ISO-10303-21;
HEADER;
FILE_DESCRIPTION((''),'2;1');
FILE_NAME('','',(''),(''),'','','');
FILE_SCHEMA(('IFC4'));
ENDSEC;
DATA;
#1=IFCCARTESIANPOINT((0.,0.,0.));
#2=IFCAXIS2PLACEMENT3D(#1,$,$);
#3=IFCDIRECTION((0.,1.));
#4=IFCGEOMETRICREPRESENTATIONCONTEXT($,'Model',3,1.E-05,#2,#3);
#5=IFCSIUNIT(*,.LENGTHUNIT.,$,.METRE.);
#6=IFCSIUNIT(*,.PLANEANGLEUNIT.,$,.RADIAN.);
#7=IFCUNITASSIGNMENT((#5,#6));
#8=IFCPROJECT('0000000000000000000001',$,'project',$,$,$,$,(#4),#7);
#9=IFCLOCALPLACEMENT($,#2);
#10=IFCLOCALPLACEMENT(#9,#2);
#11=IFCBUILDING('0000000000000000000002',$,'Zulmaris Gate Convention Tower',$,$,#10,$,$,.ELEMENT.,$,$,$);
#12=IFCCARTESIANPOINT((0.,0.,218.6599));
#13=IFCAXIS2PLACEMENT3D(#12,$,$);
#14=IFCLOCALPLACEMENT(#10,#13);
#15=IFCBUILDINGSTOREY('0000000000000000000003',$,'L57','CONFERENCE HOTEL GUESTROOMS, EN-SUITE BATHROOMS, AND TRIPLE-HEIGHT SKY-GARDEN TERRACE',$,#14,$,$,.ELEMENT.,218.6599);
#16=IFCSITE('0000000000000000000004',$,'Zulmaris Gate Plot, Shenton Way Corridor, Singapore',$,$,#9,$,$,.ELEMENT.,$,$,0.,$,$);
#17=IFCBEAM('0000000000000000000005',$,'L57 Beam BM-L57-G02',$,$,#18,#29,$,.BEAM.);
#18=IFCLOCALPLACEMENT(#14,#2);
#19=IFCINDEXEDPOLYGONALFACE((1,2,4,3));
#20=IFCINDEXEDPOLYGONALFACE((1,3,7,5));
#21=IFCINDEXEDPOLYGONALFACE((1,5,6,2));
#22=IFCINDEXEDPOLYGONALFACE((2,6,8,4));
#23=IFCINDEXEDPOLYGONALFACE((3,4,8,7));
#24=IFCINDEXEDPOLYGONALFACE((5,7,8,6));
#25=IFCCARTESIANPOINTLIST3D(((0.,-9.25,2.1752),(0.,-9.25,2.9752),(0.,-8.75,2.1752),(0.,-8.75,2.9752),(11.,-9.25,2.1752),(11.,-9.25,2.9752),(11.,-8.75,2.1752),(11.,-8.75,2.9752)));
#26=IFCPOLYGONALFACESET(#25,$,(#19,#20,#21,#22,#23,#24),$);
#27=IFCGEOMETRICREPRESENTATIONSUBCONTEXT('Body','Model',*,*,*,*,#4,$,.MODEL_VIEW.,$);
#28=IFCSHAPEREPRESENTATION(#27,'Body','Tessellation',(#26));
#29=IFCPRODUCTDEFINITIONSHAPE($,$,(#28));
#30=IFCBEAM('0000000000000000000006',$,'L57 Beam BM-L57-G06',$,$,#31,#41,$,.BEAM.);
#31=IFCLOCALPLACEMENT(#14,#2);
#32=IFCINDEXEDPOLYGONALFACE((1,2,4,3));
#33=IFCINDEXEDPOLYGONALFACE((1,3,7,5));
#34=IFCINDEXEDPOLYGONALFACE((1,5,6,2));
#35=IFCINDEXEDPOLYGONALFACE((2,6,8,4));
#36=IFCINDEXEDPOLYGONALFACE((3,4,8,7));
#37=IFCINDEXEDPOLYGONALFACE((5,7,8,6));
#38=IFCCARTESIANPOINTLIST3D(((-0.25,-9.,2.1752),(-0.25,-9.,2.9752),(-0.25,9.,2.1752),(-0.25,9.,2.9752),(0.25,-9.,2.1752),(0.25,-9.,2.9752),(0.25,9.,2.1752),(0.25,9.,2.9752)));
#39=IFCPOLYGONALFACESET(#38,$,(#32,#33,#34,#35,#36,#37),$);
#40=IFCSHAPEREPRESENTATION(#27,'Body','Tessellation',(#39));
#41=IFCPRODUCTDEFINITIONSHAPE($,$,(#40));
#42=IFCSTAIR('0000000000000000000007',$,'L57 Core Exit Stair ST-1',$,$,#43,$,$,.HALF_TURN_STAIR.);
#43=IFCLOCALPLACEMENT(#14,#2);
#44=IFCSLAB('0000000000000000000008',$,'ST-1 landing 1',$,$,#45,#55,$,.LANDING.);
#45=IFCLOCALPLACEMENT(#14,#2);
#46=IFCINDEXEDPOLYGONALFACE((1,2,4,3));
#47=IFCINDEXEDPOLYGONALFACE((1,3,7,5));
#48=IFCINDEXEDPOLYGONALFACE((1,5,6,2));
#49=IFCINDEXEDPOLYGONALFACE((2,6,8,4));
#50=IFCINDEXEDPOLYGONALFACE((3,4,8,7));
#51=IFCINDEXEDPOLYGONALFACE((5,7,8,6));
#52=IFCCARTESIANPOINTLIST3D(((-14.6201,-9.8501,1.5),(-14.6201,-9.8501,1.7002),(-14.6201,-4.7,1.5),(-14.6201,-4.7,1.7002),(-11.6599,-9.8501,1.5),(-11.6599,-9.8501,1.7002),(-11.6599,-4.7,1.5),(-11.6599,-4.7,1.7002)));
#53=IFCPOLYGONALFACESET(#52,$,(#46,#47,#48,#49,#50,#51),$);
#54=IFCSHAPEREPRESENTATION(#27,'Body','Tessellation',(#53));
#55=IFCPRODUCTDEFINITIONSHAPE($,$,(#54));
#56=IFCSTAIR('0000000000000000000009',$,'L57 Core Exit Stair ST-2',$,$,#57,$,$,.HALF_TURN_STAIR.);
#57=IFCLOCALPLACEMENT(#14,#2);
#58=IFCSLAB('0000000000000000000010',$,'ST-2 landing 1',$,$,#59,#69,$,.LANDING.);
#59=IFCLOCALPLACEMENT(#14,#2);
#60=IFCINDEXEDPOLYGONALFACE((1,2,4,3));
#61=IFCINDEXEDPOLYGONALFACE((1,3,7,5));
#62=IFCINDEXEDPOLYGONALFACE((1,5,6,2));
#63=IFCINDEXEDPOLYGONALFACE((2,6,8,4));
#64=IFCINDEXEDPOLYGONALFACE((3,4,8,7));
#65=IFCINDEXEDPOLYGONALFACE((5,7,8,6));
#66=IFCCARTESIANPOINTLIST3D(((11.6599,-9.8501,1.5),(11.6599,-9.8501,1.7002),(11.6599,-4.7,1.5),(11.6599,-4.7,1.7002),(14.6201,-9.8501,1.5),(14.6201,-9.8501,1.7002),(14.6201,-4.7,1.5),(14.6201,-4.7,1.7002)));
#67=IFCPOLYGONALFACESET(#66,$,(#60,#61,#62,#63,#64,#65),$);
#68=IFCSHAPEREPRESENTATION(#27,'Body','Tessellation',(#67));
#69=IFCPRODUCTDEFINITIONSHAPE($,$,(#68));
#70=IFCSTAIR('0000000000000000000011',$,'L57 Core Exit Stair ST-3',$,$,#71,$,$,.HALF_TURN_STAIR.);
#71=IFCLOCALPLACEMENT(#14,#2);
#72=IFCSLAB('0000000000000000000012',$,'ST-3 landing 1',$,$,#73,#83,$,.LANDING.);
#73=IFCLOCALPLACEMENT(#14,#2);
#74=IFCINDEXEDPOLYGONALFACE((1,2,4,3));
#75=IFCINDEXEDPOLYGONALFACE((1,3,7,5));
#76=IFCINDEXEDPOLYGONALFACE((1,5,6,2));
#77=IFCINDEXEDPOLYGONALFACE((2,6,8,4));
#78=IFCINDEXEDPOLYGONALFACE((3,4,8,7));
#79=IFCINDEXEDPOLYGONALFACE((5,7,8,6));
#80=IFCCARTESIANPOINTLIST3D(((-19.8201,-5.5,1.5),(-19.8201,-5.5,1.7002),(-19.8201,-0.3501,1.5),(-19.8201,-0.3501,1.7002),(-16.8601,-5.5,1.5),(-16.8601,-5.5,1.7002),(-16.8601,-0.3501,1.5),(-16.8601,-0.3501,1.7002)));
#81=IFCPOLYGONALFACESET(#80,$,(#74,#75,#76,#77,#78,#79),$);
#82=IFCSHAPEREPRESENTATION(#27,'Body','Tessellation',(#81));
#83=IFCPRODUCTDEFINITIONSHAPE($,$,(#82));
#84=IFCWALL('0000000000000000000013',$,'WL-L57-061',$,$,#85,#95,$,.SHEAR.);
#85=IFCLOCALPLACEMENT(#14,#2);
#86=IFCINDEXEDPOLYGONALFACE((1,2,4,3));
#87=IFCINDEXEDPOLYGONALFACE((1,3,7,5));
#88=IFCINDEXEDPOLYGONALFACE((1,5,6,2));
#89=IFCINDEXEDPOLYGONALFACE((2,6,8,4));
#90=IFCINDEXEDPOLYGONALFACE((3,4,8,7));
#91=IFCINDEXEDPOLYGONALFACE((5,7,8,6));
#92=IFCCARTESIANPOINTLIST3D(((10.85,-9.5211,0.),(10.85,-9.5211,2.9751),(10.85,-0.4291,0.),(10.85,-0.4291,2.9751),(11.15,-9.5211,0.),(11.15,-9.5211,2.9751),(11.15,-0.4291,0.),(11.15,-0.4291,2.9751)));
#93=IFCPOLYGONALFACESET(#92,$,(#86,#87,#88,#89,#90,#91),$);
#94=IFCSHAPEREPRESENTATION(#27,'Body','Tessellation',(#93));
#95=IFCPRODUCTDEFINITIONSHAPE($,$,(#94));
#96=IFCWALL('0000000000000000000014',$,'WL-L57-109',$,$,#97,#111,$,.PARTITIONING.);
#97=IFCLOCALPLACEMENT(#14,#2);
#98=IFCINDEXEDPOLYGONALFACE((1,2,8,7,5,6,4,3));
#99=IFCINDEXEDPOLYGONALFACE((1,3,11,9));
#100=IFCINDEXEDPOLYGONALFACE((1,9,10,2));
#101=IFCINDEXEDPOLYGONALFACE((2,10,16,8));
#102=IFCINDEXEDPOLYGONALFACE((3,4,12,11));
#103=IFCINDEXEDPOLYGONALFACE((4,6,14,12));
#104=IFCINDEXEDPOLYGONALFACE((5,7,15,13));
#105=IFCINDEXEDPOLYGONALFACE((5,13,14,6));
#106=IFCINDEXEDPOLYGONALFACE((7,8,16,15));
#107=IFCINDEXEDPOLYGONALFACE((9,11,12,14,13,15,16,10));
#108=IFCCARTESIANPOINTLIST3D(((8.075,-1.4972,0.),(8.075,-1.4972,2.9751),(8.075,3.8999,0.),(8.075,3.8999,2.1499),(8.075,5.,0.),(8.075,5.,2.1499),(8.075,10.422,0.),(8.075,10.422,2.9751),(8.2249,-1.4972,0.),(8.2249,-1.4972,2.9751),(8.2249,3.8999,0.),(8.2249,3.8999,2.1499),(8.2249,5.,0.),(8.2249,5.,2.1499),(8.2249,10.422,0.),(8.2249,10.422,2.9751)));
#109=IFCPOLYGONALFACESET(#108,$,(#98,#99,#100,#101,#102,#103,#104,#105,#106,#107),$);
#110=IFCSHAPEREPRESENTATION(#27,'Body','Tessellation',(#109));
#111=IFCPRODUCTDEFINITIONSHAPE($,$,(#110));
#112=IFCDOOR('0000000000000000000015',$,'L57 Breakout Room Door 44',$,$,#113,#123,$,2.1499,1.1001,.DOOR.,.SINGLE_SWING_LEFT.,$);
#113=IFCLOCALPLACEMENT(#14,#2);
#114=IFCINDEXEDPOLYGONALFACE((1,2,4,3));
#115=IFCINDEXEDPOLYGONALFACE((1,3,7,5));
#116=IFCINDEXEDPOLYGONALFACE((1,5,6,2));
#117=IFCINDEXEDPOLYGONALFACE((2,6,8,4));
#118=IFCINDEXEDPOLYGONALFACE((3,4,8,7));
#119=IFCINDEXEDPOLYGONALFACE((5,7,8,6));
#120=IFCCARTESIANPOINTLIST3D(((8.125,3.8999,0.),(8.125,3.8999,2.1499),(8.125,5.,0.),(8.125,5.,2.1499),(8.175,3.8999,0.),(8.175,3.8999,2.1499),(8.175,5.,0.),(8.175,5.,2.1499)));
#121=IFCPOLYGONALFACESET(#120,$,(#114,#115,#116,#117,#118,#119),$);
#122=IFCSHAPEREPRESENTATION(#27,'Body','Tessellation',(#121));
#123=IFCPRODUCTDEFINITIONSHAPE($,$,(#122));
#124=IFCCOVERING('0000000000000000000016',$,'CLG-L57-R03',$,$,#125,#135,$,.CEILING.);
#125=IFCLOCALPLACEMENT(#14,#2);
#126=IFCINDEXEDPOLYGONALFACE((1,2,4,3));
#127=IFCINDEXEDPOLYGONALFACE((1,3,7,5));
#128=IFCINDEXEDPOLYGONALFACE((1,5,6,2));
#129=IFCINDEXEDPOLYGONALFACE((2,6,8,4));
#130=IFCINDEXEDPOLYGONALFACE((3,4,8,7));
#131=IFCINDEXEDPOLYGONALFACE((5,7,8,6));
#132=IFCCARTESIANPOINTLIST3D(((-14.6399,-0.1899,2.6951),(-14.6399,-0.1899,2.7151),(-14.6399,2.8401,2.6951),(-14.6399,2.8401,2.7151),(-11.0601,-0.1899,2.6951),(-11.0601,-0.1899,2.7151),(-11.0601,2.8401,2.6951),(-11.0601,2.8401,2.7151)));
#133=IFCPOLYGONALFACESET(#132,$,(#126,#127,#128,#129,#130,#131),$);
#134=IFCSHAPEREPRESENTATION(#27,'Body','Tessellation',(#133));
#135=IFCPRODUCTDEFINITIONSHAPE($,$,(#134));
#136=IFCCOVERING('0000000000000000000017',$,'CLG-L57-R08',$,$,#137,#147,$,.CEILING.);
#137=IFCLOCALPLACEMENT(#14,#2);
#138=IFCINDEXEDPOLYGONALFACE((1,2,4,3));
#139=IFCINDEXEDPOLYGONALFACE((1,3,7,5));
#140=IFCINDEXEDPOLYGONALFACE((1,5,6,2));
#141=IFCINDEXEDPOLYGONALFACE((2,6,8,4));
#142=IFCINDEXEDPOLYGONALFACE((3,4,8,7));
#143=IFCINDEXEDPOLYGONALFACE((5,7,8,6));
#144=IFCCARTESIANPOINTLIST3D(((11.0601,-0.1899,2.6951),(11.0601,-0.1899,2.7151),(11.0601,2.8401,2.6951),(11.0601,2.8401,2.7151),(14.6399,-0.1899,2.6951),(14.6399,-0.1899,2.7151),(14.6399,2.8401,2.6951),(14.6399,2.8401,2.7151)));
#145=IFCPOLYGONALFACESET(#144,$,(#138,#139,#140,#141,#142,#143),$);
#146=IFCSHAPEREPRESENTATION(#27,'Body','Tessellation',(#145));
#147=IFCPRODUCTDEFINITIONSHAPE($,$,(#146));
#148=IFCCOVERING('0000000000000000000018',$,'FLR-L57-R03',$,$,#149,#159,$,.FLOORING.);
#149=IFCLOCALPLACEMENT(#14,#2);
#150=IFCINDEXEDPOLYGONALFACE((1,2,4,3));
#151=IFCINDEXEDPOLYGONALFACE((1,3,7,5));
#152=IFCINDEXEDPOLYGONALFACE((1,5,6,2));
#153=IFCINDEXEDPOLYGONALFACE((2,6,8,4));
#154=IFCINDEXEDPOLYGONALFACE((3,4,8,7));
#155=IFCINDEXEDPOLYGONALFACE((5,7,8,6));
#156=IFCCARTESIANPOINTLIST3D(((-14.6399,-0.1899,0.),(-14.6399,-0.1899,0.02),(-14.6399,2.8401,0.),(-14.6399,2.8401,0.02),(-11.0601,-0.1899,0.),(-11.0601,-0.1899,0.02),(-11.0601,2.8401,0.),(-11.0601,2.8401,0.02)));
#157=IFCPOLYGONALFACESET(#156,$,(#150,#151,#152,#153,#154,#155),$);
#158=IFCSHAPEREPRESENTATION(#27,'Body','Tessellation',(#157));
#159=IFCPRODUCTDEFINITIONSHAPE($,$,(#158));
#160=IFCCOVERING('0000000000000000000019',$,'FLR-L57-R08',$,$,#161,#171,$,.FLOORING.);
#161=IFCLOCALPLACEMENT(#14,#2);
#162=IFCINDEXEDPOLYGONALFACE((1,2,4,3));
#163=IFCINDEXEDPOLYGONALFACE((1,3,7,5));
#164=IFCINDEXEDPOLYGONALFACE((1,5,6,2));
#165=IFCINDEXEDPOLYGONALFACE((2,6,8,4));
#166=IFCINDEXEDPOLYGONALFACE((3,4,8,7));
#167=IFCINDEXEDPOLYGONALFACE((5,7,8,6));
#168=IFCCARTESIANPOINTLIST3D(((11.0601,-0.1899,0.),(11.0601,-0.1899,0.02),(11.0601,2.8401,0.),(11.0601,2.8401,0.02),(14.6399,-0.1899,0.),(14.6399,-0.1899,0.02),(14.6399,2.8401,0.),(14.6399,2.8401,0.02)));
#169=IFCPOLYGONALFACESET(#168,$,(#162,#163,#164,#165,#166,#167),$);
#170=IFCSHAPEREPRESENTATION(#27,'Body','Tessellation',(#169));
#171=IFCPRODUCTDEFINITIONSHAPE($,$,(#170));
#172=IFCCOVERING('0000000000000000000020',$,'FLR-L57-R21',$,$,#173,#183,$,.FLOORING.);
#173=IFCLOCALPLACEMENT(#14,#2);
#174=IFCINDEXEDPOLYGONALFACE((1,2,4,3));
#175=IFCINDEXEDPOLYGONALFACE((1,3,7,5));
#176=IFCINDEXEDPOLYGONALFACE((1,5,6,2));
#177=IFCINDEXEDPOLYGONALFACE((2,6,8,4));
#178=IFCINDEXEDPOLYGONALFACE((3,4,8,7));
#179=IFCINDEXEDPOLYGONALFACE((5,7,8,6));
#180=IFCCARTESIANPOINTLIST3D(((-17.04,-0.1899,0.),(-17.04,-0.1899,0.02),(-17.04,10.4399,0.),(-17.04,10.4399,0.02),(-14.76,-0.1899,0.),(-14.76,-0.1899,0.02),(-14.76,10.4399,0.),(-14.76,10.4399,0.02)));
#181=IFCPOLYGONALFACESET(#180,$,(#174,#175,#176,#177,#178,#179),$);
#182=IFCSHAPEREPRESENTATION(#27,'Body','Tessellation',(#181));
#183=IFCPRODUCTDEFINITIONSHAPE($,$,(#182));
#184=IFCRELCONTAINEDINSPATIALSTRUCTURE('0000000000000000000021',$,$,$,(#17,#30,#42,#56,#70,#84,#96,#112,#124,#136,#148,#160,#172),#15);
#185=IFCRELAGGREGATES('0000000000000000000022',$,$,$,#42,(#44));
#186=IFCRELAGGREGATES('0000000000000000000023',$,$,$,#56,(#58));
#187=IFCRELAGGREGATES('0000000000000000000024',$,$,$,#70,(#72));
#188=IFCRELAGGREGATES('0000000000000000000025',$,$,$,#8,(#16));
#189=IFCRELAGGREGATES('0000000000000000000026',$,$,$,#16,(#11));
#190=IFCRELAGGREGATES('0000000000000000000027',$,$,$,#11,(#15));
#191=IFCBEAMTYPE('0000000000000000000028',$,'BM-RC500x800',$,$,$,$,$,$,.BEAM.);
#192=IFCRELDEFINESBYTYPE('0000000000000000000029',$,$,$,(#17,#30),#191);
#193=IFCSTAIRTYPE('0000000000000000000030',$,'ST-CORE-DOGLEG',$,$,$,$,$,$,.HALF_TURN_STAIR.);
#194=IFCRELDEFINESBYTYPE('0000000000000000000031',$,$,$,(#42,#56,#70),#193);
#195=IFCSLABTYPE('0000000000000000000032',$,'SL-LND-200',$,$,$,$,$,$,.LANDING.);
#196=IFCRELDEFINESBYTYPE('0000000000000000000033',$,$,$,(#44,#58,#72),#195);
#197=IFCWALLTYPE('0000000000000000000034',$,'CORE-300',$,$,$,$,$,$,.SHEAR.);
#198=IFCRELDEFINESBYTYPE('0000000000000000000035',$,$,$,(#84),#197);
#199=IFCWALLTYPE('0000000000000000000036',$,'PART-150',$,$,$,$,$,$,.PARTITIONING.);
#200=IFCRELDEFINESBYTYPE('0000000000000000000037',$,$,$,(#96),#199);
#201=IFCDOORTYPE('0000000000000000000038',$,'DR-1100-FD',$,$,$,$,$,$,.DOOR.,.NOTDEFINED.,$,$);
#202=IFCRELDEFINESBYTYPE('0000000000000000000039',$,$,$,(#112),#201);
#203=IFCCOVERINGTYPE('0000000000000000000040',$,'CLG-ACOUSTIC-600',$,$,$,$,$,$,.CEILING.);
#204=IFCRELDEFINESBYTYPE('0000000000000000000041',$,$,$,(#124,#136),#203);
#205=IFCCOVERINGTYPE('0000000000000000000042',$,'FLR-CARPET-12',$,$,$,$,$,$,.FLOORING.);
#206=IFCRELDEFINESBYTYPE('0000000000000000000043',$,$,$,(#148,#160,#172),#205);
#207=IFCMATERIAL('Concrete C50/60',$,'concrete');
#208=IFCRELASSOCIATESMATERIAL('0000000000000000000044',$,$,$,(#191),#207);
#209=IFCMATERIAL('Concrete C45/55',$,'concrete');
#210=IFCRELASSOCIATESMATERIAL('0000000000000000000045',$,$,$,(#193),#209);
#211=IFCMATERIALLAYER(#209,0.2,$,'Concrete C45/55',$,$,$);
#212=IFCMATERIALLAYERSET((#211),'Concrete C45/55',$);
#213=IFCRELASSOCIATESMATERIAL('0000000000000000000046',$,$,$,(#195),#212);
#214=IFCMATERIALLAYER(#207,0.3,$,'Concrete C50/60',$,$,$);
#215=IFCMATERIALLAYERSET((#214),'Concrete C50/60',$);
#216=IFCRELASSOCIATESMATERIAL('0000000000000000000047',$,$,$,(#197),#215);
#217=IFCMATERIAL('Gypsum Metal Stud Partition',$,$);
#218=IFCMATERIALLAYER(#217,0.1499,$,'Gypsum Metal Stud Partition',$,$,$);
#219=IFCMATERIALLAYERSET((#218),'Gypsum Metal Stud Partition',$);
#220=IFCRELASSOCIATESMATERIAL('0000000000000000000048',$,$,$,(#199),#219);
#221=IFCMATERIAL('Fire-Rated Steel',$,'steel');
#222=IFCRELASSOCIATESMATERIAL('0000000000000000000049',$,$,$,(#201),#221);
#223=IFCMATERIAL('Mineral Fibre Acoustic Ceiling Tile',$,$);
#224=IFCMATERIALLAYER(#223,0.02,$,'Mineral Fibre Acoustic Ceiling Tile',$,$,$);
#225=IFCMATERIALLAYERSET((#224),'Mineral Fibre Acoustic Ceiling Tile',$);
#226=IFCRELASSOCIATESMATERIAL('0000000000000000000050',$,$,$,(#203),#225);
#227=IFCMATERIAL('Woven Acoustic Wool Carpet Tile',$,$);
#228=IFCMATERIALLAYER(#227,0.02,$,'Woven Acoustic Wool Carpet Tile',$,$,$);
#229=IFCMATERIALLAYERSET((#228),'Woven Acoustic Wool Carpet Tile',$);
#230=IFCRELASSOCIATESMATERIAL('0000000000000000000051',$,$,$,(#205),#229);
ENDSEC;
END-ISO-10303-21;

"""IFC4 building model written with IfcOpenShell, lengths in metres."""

from ifc_helpers import new_model, si_unit, direction, frame, frame_2d, origin, origin_2d, place, context, subcontext, project, spatial, polyline, rectangle, outline, extrude, material, layer, layer_set, material_profile, profile_set, type_object, element, fill, aggregate, save


model = new_model("IFC4")

# Units and contexts
model_context = context("Model", 3, precision=1e-05, world=origin(), true_north=direction((0.0, 1.0)))
body_context = subcontext(model_context, "Body", "Model", "MODEL_VIEW")
ifc_project = project(units=[si_unit("LENGTHUNIT", "METRE"), si_unit("PLANEANGLEUNIT", "RADIAN")], contexts=[model_context])

# Site, building, storey
site_placement = place(None, origin())
site = spatial("IfcSite", under=ifc_project, at=site_placement, Name="Zulmaris Gate Plot, Shenton Way Corridor, Singapore", CompositionType="ELEMENT", RefElevation=0.0)
building_placement = place(site_placement, origin())
building = spatial("IfcBuilding", under=site, at=building_placement, Name="Zulmaris Gate Convention Tower", CompositionType="ELEMENT")
storey_placement = place(building_placement, frame((0.0, 0.0, 218.6599)))
storey = spatial("IfcBuildingStorey", under=building, at=storey_placement, Name="L57", Description="CONFERENCE HOTEL GUESTROOMS, EN-SUITE BATHROOMS, AND TRIPLE-HEIGHT SKY-GARDEN TERRACE", CompositionType="ELEMENT", Elevation=218.6599)

# Beams
ifc_material_1 = material(Name="Concrete C50/60", Category="concrete")
ifc_material_profile = material_profile(ifc_material_1, rectangle(XDim=0.5, YDim=0.8, at=origin_2d()), Name="RC BEAM 500x800")
ifc_profile_set = profile_set([ifc_material_profile], Name="Concrete C50/60")
beam_type = type_object("IfcBeamType", Name="BM-RC500x800", PredefinedType="BEAM", material=ifc_profile_set)
beam_1_placement = place(storey_placement, frame((0.0, -9.0, 2.5752), z_axis=(1.0, 0.0, 0.0), x_axis=(0.0, 1.0, 0.0)))
element("IfcBeam", 1, at=beam_1_placement, inside=storey, type_object=beam_type, Name="L57 Beam BM-L57-G02", PredefinedType="BEAM", context=body_context, shape_type="SweptSolid", body=[
    extrude(rectangle(XDim=0.5, YDim=0.8, at=origin_2d()), origin(), (0.0, 0.0, 1.0), 11.0),
])
beam_2_placement = place(storey_placement, frame((0.0, -9.0, 2.5752), z_axis=(0.0, 1.0, 0.0), x_axis=(-1.0, 0.0, 0.0)))
element("IfcBeam", 2, at=beam_2_placement, inside=storey, type_object=beam_type, Name="L57 Beam BM-L57-G06", PredefinedType="BEAM", context=body_context, shape_type="SweptSolid", body=[
    extrude(rectangle(XDim=0.5, YDim=0.8, at=origin_2d()), origin(), (0.0, 0.0, 1.0), 18.0),
])

# Stairs, slabs
ifc_material_2 = material(Name="Concrete C45/55", Category="concrete")
stair_type = type_object("IfcStairType", Name="ST-CORE-DOGLEG", PredefinedType="HALF_TURN_STAIR", material=ifc_material_2)
stair_1_placement = place(storey_placement, origin())
stair_1 = element("IfcStair", 3, at=stair_1_placement, inside=storey, type_object=stair_type, Name="L57 Core Exit Stair ST-1", PredefinedType="HALF_TURN_STAIR")
ifc_layer_1 = layer(ifc_material_2, 0.2, Name="Concrete C45/55")
ifc_layer_set_1 = layer_set([ifc_layer_1], Name="Concrete C45/55")
slab_type = type_object("IfcSlabType", Name="SL-LND-200", PredefinedType="LANDING", material=ifc_layer_set_1)
slab_1_placement = place(storey_placement, frame((0.0, 0.0, 1.5)))
slab_1 = element("IfcSlab", 4, at=slab_1_placement, type_object=slab_type, Name="ST-1 landing 1", PredefinedType="LANDING", context=body_context, shape_type="SweptSolid", body=[
    extrude(outline(polyline([(-14.6201, -4.7), (-14.6201, -9.8501), (-11.6599, -9.8501), (-11.6599, -4.7), (-14.6201, -4.7)])), origin(), (0.0, 0.0, 1.0), 0.2002),
])
aggregate(stair_1, [slab_1])
stair_2_placement = place(storey_placement, origin())
stair_2 = element("IfcStair", 5, at=stair_2_placement, inside=storey, type_object=stair_type, Name="L57 Core Exit Stair ST-2", PredefinedType="HALF_TURN_STAIR")
slab_2_placement = place(storey_placement, frame((0.0, 0.0, 1.5)))
slab_2 = element("IfcSlab", 6, at=slab_2_placement, type_object=slab_type, Name="ST-2 landing 1", PredefinedType="LANDING", context=body_context, shape_type="SweptSolid", body=[
    extrude(outline(polyline([(11.6599, -4.7), (11.6599, -9.8501), (14.6201, -9.8501), (14.6201, -4.7), (11.6599, -4.7)])), origin(), (0.0, 0.0, 1.0), 0.2002),
])
aggregate(stair_2, [slab_2])
stair_3_placement = place(storey_placement, origin())
stair_3 = element("IfcStair", 7, at=stair_3_placement, inside=storey, type_object=stair_type, Name="L57 Core Exit Stair ST-3", PredefinedType="HALF_TURN_STAIR")
slab_3_placement = place(storey_placement, frame((0.0, 0.0, 1.5)))
slab_3 = element("IfcSlab", 8, at=slab_3_placement, type_object=slab_type, Name="ST-3 landing 1", PredefinedType="LANDING", context=body_context, shape_type="SweptSolid", body=[
    extrude(outline(polyline([(-16.8601, -5.5), (-16.8601, -0.3501), (-19.8201, -0.3501), (-19.8201, -5.5), (-16.8601, -5.5)])), origin(), (0.0, 0.0, 1.0), 0.2002),
])
aggregate(stair_3, [slab_3])

# Wall
ifc_layer_2 = layer(ifc_material_1, 0.3, Name="Concrete C50/60")
ifc_layer_set_2 = layer_set([ifc_layer_2], Name="Concrete C50/60")
wall_type_1 = type_object("IfcWallType", Name="CORE-300", PredefinedType="SHEAR", material=ifc_layer_set_2)
wall_1_placement = place(storey_placement, frame((11.0, -9.521, 0.0), z_axis=(0.0, 0.0, 1.0), x_axis=(0.0, 1.0, 0.0)))
element("IfcWall", 9, at=wall_1_placement, inside=storey, type_object=wall_type_1, Name="WL-L57-061", PredefinedType="SHEAR", context=body_context, shape_type="SweptSolid", body=[
    extrude(rectangle(XDim=9.092, YDim=0.3, at=frame_2d((4.5459, 0.0))), origin(), (0.0, 0.0, 1.0), 2.9751),
])

# Wall, opening, door
ifc_material_3 = material(Name="Gypsum Metal Stud Partition")
ifc_layer_3 = layer(ifc_material_3, 0.1499, Name="Gypsum Metal Stud Partition")
ifc_layer_set_3 = layer_set([ifc_layer_3], Name="Gypsum Metal Stud Partition")
wall_type_2 = type_object("IfcWallType", Name="PART-150", PredefinedType="PARTITIONING", material=ifc_layer_set_3)
wall_2_placement = place(storey_placement, frame((8.1499, -1.4971, 0.0), z_axis=(0.0, 0.0, 1.0), x_axis=(0.0, 1.0, 0.0)))
wall_2 = element("IfcWall", 10, at=wall_2_placement, inside=storey, type_object=wall_type_2, Name="WL-L57-109", PredefinedType="PARTITIONING", context=body_context, shape_type="SweptSolid", body=[
    extrude(rectangle(XDim=11.9192, YDim=0.1499, at=frame_2d((5.9595, 0.0))), origin(), (0.0, 0.0, 1.0), 2.9751),
])
opening_1_placement = place(wall_2_placement, frame((5.397, 0.0, 0.0)))
opening_1 = element("IfcOpeningElement", 11, at=opening_1_placement, cuts=wall_2, PredefinedType="OPENING", context=body_context, shape_type="SweptSolid", body=[
    extrude(rectangle(XDim=1.1001, YDim=2.1499, at=frame_2d((0.55, 1.075))), frame((0.0, 0.085, 0.0), z_axis=(0.0, -1.0, 0.0), x_axis=(1.0, 0.0, 0.0)), (0.0, 0.0, 1.0), 0.1699),
])
ifc_material_4 = material(Name="Fire-Rated Steel", Category="steel")
door_type_1 = type_object("IfcDoorType", Name="DR-1100-FD", OperationType="NOTDEFINED", PredefinedType="DOOR", material=ifc_material_4)
door_1_placement = place(opening_1_placement, origin())
door_1 = element("IfcDoor", 12, at=door_1_placement, inside=storey, type_object=door_type_1, Name="L57 Breakout Room Door 44", OperationType="SINGLE_SWING_LEFT", OverallHeight=2.1499, OverallWidth=1.1001, PredefinedType="DOOR", context=body_context, shape_type="SweptSolid", body=[
    extrude(rectangle(XDim=1.1001, YDim=2.1499, at=frame_2d((0.55, 1.075))), frame((0.0, 0.0249, 0.0), z_axis=(0.0, -1.0, 0.0), x_axis=(1.0, 0.0, 0.0)), (0.0, 0.0, 1.0), 0.05),
])
fill(opening_1, door_1)

# Coverings
ifc_material_5 = material(Name="Mineral Fibre Acoustic Ceiling Tile")
ifc_layer_4 = layer(ifc_material_5, 0.02, Name="Mineral Fibre Acoustic Ceiling Tile")
ifc_layer_set_4 = layer_set([ifc_layer_4], Name="Mineral Fibre Acoustic Ceiling Tile")
covering_type_1 = type_object("IfcCoveringType", Name="CLG-ACOUSTIC-600", PredefinedType="CEILING", material=ifc_layer_set_4)
covering_1_placement = place(storey_placement, frame((0.0, 0.0, 2.6951)))
element("IfcCovering", 13, at=covering_1_placement, inside=storey, type_object=covering_type_1, Name="CLG-L57-R03", PredefinedType="CEILING", context=body_context, shape_type="SweptSolid", body=[
    extrude(outline(polyline([(-14.6399, -0.1899), (-11.0601, -0.1899), (-11.0601, 2.8401), (-14.6399, 2.8401), (-14.6399, -0.1899)])), origin(), (0.0, 0.0, 1.0), 0.02),
])
covering_2_placement = place(storey_placement, frame((0.0, 0.0, 2.6951)))
element("IfcCovering", 14, at=covering_2_placement, inside=storey, type_object=covering_type_1, Name="CLG-L57-R08", PredefinedType="CEILING", context=body_context, shape_type="SweptSolid", body=[
    extrude(outline(polyline([(11.0601, -0.1899), (14.6399, -0.1899), (14.6399, 2.8401), (11.0601, 2.8401), (11.0601, -0.1899)])), origin(), (0.0, 0.0, 1.0), 0.02),
])
ifc_material_6 = material(Name="Woven Acoustic Wool Carpet Tile")
ifc_layer_5 = layer(ifc_material_6, 0.02, Name="Woven Acoustic Wool Carpet Tile")
ifc_layer_set_5 = layer_set([ifc_layer_5], Name="Woven Acoustic Wool Carpet Tile")
covering_type_2 = type_object("IfcCoveringType", Name="FLR-CARPET-12", PredefinedType="FLOORING", material=ifc_layer_set_5)
covering_3_placement = place(storey_placement, origin())
element("IfcCovering", 15, at=covering_3_placement, inside=storey, type_object=covering_type_2, Name="FLR-L57-R03", PredefinedType="FLOORING", context=body_context, shape_type="SweptSolid", body=[
    extrude(outline(polyline([(-14.6399, -0.1899), (-11.0601, -0.1899), (-11.0601, 2.8401), (-14.6399, 2.8401), (-14.6399, -0.1899)])), origin(), (0.0, 0.0, 1.0), 0.02),
])
covering_4_placement = place(storey_placement, origin())
element("IfcCovering", 16, at=covering_4_placement, inside=storey, type_object=covering_type_2, Name="FLR-L57-R08", PredefinedType="FLOORING", context=body_context, shape_type="SweptSolid", body=[
    extrude(outline(polyline([(11.0601, -0.1899), (14.6399, -0.1899), (14.6399, 2.8401), (11.0601, 2.8401), (11.0601, -0.1899)])), origin(), (0.0, 0.0, 1.0), 0.02),
])
covering_5_placement = place(storey_placement, origin())
element("IfcCovering", 17, at=covering_5_placement, inside=storey, type_object=covering_type_2, Name="FLR-L57-R21", PredefinedType="FLOORING", context=body_context, shape_type="SweptSolid", body=[
    extrude(outline(polyline([(-17.04, -0.1899), (-14.76, -0.1899), (-14.76, 10.4399), (-17.04, 10.4399), (-17.04, -0.1899)])), origin(), (0.0, 0.0, 1.0), 0.02),
])

save(model, "model.ifc")
